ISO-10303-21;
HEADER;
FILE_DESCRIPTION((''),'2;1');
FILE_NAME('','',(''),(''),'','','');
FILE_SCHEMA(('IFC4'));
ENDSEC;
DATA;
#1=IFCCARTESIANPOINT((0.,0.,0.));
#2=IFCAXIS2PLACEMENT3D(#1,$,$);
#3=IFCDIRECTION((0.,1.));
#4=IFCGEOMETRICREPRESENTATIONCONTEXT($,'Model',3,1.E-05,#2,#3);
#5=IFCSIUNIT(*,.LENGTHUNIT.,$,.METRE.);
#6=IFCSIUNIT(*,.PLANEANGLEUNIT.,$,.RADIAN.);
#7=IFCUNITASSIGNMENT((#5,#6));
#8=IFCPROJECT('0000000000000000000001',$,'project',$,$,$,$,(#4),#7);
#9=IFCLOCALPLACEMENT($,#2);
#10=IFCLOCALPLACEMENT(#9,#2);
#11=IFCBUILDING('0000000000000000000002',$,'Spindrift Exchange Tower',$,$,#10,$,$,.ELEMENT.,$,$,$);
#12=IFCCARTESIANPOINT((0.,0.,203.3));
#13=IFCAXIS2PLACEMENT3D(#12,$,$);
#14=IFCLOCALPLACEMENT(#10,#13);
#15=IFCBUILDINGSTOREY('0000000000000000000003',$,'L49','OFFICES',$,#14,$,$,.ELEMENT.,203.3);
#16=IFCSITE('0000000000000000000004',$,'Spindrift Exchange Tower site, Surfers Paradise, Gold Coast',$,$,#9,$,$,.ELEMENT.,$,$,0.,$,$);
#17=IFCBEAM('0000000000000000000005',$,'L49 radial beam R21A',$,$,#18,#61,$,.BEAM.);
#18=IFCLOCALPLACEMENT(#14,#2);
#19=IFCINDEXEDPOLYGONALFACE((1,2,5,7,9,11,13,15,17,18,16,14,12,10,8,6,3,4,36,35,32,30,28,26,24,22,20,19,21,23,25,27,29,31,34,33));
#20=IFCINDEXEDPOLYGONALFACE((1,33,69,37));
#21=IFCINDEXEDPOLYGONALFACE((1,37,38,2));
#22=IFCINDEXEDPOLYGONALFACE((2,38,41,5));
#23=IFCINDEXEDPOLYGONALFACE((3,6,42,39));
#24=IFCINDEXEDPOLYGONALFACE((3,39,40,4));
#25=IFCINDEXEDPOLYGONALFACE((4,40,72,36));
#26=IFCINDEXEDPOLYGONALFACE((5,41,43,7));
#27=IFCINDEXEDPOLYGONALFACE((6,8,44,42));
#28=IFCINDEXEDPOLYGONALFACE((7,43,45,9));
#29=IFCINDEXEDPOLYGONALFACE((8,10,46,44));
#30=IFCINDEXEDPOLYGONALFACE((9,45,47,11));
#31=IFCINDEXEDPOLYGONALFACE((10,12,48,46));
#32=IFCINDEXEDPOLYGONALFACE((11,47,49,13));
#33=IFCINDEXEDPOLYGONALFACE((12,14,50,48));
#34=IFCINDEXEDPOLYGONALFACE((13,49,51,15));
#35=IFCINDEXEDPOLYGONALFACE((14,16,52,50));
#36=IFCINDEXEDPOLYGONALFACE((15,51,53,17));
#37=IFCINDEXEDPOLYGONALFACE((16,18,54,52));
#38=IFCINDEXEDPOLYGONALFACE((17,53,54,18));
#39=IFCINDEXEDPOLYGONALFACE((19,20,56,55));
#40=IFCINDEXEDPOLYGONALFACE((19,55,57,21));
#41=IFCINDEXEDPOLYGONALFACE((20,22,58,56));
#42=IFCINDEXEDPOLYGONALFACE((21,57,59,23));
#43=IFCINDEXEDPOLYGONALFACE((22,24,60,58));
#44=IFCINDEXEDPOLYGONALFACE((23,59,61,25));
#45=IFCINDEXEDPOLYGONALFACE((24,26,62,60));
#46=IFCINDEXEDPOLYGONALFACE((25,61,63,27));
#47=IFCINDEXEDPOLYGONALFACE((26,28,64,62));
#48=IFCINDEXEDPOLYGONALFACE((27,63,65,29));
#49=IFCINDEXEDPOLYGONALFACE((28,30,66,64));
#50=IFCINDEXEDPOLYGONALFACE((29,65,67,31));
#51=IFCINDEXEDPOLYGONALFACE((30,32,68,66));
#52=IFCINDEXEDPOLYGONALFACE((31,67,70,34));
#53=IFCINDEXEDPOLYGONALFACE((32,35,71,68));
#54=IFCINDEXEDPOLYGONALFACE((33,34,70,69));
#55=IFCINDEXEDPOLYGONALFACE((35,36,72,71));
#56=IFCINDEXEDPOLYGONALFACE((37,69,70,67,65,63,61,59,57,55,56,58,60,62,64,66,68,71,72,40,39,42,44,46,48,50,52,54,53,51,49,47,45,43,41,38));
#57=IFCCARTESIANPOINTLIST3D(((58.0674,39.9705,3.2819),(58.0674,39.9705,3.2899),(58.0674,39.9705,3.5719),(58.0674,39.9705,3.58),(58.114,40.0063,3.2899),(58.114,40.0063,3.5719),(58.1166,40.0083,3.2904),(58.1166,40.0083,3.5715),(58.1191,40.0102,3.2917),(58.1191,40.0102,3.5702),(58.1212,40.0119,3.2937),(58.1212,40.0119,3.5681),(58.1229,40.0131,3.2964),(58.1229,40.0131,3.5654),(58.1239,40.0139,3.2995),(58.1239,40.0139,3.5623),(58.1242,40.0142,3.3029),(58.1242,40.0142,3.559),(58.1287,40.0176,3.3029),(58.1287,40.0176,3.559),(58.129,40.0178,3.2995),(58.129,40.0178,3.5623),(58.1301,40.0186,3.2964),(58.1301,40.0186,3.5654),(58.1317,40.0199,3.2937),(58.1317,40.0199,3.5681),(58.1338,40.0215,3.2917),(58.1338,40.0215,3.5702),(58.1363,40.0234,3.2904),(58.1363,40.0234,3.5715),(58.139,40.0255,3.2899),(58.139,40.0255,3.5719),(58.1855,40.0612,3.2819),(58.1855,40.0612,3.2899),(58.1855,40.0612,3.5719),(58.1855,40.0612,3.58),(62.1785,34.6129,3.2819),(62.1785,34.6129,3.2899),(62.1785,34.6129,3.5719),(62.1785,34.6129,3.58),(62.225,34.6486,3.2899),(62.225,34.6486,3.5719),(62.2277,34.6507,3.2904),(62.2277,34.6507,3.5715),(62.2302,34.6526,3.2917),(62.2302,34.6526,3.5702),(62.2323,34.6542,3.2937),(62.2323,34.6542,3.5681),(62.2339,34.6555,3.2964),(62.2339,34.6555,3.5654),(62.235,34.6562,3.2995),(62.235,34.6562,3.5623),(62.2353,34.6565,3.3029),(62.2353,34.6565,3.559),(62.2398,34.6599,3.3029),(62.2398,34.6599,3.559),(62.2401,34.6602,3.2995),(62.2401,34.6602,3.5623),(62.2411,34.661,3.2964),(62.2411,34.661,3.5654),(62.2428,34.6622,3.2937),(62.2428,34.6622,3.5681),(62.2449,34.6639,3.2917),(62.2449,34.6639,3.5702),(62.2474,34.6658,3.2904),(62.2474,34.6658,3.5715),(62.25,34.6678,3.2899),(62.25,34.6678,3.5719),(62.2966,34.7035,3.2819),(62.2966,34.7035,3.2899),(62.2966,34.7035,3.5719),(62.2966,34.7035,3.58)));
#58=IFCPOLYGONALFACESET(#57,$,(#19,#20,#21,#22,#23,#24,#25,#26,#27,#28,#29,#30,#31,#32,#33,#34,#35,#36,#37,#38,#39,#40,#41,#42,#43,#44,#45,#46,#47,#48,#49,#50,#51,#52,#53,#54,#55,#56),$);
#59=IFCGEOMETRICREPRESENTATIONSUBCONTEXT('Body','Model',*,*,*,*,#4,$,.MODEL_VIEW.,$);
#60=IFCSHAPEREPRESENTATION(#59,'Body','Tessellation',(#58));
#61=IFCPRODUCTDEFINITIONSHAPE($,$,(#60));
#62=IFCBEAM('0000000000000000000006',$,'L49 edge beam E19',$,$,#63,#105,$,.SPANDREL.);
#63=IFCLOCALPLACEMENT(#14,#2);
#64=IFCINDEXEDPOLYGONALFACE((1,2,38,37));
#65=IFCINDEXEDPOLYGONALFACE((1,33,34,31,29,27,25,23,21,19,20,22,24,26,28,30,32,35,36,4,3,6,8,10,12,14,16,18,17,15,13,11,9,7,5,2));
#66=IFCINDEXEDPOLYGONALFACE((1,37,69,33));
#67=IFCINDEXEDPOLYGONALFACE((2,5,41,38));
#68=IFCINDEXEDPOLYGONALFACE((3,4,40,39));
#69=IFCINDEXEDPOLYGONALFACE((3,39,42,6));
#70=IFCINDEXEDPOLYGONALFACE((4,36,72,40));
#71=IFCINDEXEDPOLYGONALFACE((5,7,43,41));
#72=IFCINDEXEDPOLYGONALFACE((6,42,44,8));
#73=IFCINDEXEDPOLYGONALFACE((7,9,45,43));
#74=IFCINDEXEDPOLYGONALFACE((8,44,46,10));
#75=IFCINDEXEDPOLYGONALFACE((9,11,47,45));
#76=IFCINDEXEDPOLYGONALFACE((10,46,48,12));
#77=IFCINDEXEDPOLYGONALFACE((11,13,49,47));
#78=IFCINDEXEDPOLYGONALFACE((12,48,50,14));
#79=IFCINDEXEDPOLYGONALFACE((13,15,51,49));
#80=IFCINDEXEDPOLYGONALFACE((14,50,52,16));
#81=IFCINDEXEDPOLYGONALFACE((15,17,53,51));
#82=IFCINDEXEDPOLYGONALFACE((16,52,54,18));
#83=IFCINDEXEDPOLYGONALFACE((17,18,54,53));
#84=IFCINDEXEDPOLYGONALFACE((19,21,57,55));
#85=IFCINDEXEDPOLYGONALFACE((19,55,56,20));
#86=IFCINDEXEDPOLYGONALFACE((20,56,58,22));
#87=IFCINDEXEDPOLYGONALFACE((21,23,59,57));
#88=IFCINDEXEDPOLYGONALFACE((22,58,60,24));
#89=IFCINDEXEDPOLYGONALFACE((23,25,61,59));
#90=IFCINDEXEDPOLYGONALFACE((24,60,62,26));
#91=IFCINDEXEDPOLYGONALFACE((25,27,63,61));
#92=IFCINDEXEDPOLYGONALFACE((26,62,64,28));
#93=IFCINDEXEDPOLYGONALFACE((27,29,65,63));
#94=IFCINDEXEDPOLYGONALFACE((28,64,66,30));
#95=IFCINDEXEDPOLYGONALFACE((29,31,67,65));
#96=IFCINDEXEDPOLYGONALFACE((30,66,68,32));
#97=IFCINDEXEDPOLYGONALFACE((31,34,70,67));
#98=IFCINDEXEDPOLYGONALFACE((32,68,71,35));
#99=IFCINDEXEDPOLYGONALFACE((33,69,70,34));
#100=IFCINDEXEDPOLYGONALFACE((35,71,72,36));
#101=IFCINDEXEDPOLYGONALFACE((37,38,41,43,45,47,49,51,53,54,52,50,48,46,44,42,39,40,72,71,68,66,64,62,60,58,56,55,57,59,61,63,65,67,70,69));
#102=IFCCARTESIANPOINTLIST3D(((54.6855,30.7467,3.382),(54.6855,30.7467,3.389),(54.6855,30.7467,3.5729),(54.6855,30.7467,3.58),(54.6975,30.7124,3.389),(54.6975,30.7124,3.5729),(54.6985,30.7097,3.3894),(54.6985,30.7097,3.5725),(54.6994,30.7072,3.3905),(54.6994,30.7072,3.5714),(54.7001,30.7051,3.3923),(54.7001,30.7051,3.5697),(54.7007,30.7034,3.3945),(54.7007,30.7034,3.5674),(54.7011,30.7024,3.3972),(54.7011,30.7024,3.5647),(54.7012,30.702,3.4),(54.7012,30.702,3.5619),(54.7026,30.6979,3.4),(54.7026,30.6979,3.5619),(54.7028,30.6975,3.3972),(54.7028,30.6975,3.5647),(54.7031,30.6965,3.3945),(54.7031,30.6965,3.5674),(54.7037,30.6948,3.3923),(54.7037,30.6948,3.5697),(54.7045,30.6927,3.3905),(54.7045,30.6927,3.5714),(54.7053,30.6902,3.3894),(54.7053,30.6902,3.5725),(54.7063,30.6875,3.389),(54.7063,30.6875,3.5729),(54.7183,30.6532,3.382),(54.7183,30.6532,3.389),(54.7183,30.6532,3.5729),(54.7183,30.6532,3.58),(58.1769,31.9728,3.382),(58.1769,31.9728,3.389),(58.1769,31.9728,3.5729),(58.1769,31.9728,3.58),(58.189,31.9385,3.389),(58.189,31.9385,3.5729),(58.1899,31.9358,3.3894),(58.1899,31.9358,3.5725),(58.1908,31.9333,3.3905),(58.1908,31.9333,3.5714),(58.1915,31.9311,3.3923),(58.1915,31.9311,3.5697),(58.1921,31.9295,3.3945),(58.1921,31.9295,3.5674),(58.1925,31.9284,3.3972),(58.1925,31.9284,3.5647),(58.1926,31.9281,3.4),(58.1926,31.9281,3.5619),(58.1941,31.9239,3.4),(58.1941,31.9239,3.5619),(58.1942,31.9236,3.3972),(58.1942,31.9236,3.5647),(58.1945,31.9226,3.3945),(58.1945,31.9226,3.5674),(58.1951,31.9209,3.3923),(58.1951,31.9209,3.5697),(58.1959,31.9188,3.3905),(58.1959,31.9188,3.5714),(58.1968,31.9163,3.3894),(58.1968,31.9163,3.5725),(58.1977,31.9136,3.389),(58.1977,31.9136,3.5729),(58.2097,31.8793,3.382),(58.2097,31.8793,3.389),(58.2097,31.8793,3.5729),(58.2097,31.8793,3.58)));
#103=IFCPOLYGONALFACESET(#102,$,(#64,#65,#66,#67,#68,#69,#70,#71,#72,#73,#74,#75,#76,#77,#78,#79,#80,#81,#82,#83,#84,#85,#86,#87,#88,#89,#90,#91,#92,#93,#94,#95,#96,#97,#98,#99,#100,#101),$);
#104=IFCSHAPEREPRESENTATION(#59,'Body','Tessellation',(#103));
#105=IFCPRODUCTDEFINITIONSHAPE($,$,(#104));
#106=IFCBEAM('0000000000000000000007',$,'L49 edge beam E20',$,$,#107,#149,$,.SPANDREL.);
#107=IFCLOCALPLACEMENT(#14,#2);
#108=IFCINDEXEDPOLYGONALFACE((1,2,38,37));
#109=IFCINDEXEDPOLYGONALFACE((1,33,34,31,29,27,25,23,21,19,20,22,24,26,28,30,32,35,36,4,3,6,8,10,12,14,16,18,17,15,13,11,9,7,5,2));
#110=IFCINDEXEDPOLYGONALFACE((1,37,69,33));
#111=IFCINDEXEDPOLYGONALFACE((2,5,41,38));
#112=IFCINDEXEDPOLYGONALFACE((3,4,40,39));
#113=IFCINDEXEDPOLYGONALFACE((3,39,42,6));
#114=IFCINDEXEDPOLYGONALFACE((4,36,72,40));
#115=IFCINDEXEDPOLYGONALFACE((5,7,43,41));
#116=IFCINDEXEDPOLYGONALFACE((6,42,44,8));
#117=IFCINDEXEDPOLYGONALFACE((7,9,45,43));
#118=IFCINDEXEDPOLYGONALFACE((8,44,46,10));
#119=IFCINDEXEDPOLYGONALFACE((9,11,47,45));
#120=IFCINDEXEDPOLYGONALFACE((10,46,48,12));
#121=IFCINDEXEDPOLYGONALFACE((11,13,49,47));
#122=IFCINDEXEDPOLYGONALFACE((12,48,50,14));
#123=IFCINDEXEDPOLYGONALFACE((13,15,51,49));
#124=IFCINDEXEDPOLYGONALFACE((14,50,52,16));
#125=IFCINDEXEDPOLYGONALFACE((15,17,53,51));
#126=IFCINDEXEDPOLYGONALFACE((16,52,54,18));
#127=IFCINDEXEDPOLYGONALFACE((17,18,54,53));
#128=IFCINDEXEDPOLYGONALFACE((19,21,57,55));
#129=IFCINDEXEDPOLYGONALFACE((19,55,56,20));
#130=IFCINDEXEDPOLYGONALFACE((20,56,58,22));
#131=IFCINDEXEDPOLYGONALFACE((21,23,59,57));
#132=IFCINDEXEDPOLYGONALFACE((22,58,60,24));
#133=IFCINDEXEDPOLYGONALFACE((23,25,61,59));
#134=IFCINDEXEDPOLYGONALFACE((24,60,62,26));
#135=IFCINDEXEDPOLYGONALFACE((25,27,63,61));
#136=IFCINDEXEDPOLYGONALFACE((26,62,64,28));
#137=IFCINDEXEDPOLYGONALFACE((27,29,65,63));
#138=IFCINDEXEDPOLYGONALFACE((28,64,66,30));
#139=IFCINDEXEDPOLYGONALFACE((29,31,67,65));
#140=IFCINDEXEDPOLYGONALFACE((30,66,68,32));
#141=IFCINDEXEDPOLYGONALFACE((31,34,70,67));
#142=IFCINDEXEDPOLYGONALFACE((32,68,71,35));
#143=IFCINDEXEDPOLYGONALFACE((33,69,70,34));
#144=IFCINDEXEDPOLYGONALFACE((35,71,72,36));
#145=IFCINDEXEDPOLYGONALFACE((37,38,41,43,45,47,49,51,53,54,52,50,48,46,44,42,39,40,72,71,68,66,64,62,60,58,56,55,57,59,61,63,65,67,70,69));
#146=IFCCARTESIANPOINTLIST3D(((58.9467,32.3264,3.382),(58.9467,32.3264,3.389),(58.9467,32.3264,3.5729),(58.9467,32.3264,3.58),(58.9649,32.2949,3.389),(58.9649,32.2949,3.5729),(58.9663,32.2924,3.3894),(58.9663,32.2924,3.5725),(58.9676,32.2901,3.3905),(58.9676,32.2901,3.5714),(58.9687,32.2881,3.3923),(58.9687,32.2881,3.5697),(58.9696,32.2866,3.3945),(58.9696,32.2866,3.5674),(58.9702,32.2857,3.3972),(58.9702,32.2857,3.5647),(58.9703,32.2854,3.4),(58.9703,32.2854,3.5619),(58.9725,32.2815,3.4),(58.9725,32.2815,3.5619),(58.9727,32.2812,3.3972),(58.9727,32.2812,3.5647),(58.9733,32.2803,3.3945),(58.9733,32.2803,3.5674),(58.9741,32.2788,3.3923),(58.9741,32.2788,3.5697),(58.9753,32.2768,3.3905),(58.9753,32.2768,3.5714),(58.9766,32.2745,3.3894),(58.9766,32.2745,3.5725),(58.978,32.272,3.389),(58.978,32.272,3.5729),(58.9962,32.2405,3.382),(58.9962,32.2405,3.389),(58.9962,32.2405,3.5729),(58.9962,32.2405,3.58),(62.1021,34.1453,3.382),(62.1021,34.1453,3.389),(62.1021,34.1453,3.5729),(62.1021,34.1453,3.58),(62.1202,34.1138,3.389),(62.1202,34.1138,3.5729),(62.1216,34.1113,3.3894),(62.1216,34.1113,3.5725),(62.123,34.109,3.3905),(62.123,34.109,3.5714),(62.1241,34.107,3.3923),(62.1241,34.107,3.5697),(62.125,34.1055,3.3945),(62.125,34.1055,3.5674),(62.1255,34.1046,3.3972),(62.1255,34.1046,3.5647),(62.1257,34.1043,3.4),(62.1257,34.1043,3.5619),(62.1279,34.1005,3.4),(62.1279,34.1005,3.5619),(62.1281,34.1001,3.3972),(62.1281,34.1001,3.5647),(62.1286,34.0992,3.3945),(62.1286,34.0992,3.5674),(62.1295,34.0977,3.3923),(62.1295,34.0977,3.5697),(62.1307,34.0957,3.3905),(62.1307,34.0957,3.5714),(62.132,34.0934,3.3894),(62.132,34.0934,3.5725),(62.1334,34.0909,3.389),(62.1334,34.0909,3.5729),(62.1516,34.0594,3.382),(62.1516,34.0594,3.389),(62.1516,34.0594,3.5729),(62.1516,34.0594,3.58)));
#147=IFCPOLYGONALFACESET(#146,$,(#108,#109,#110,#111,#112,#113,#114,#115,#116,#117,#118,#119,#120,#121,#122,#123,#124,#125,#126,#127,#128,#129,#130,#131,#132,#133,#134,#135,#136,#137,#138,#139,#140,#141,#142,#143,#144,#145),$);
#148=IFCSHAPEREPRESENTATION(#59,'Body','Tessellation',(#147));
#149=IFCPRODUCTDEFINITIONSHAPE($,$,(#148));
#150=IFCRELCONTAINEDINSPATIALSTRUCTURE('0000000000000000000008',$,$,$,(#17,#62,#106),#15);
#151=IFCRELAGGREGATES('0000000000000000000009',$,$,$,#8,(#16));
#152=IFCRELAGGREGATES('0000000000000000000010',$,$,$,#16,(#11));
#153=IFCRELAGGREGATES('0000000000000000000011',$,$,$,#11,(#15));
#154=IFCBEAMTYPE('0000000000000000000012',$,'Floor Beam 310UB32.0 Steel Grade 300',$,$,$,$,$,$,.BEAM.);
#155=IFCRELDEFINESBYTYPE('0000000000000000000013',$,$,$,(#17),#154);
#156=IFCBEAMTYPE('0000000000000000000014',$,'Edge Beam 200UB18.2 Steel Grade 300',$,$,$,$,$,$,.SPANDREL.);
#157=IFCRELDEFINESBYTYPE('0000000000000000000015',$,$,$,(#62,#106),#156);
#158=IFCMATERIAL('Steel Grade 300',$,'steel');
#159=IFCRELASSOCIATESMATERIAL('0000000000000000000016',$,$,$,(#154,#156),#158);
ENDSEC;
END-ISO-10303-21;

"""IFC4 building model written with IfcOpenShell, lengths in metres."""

from ifc_helpers import new_model, si_unit, direction, frame, origin, origin_2d, place, context, subcontext, project, spatial, i_section, extrude, source, transform, mapped, material, material_profile, profile_set, type_object, element, save


model = new_model("IFC4")

# Units and contexts
model_context = context("Model", 3, precision=1e-05, world=origin(), true_north=direction((0.0, 1.0)))
body_context = subcontext(model_context, "Body", "Model", "MODEL_VIEW")
ifc_project = project(units=[si_unit("LENGTHUNIT", "METRE"), si_unit("PLANEANGLEUNIT", "RADIAN")], contexts=[model_context])

# Site, building, storey
site_placement = place(None, origin())
site = spatial("IfcSite", under=ifc_project, at=site_placement, Name="Spindrift Exchange Tower site, Surfers Paradise, Gold Coast", CompositionType="ELEMENT", RefElevation=0.0)
building_placement = place(site_placement, origin())
building = spatial("IfcBuilding", under=site, at=building_placement, Name="Spindrift Exchange Tower", CompositionType="ELEMENT")
storey_placement = place(building_placement, frame((0.0, 0.0, 203.3)))
storey = spatial("IfcBuildingStorey", under=building, at=storey_placement, Name="L49", Description="OFFICES", CompositionType="ELEMENT", Elevation=203.3)

# Beams
ifc_material_1 = material(Name="Steel Grade 300", Category="steel")
ifc_material_profile_1 = material_profile(ifc_material_1, i_section(OverallWidth=0.1489, OverallDepth=0.2981, WebThickness=0.0056, FlangeThickness=0.0081, FilletRadius=0.0129, at=origin_2d()), Name="310UB32.0")
ifc_profile_set_1 = profile_set([ifc_material_profile_1], Name="Steel Grade 300")
beam_type_1 = type_object("IfcBeamType", Name="Floor Beam 310UB32.0 Steel Grade 300", PredefinedType="BEAM", material=ifc_profile_set_1)
shared_shape_1 = source(origin(), body_context, "Body", "SweptSolid", [
    extrude(i_section(OverallWidth=0.1489, OverallDepth=0.2981, WebThickness=0.0056, FlangeThickness=0.0081, FilletRadius=0.0129, at=origin_2d()), origin(), (0.0, 0.0, 1.0), 6.7532),
])
beam_1_placement = place(storey_placement, frame((58.1265, 40.0159, 3.4309), z_axis=(0.608762, -0.793353, 0.0), x_axis=(0.793353, 0.608762, 0.0)))
element("IfcBeam", 1, at=beam_1_placement, inside=storey, type_object=beam_type_1, Name="L49 radial beam R21A", PredefinedType="BEAM", context=body_context, shape_type="MappedRepresentation", body=[
    mapped(shared_shape_1, transform((0.0, 0.0, 0.0), scale=1.0)),
])
ifc_material_profile_2 = material_profile(ifc_material_1, i_section(OverallWidth=0.0991, OverallDepth=0.198, WebThickness=0.0044, FlangeThickness=0.0071, FilletRadius=0.011, at=origin_2d()), Name="200UB18.2")
ifc_profile_set_2 = profile_set([ifc_material_profile_2], Name="Steel Grade 300")
beam_type_2 = type_object("IfcBeamType", Name="Edge Beam 200UB18.2 Steel Grade 300", PredefinedType="SPANDREL", material=ifc_profile_set_2)
shared_shape_2 = source(origin(), body_context, "Body", "SweptSolid", [
    extrude(i_section(OverallWidth=0.0991, OverallDepth=0.198, WebThickness=0.0044, FlangeThickness=0.0071, FilletRadius=0.011, at=origin_2d()), origin(), (0.0, 0.0, 1.0), 3.7004),
])
beam_2_placement = place(storey_placement, frame((54.7019, 30.7, 3.481), z_axis=(0.943515, 0.331329, 0.0), x_axis=(-0.331329, 0.943515, 0.0)))
element("IfcBeam", 2, at=beam_2_placement, inside=storey, type_object=beam_type_2, Name="L49 edge beam E19", PredefinedType="SPANDREL", context=body_context, shape_type="MappedRepresentation", body=[
    mapped(shared_shape_2, transform((0.0, 0.0, 0.0), scale=1.0)),
])
shared_shape_3 = source(origin(), body_context, "Body", "SweptSolid", [
    extrude(i_section(OverallWidth=0.0991, OverallDepth=0.198, WebThickness=0.0044, FlangeThickness=0.0071, FilletRadius=0.011, at=origin_2d()), origin(), (0.0, 0.0, 1.0), 3.6421),
])
beam_3_placement = place(storey_placement, frame((58.9714, 32.2834, 3.481), z_axis=(0.866364, 0.499413, 0.0), x_axis=(-0.499413, 0.866364, 0.0)))
element("IfcBeam", 3, at=beam_3_placement, inside=storey, type_object=beam_type_2, Name="L49 edge beam E20", PredefinedType="SPANDREL", context=body_context, shape_type="MappedRepresentation", body=[
    mapped(shared_shape_3, transform((0.0, 0.0, 0.0), scale=1.0)),
])

save(model, "model.ifc")
